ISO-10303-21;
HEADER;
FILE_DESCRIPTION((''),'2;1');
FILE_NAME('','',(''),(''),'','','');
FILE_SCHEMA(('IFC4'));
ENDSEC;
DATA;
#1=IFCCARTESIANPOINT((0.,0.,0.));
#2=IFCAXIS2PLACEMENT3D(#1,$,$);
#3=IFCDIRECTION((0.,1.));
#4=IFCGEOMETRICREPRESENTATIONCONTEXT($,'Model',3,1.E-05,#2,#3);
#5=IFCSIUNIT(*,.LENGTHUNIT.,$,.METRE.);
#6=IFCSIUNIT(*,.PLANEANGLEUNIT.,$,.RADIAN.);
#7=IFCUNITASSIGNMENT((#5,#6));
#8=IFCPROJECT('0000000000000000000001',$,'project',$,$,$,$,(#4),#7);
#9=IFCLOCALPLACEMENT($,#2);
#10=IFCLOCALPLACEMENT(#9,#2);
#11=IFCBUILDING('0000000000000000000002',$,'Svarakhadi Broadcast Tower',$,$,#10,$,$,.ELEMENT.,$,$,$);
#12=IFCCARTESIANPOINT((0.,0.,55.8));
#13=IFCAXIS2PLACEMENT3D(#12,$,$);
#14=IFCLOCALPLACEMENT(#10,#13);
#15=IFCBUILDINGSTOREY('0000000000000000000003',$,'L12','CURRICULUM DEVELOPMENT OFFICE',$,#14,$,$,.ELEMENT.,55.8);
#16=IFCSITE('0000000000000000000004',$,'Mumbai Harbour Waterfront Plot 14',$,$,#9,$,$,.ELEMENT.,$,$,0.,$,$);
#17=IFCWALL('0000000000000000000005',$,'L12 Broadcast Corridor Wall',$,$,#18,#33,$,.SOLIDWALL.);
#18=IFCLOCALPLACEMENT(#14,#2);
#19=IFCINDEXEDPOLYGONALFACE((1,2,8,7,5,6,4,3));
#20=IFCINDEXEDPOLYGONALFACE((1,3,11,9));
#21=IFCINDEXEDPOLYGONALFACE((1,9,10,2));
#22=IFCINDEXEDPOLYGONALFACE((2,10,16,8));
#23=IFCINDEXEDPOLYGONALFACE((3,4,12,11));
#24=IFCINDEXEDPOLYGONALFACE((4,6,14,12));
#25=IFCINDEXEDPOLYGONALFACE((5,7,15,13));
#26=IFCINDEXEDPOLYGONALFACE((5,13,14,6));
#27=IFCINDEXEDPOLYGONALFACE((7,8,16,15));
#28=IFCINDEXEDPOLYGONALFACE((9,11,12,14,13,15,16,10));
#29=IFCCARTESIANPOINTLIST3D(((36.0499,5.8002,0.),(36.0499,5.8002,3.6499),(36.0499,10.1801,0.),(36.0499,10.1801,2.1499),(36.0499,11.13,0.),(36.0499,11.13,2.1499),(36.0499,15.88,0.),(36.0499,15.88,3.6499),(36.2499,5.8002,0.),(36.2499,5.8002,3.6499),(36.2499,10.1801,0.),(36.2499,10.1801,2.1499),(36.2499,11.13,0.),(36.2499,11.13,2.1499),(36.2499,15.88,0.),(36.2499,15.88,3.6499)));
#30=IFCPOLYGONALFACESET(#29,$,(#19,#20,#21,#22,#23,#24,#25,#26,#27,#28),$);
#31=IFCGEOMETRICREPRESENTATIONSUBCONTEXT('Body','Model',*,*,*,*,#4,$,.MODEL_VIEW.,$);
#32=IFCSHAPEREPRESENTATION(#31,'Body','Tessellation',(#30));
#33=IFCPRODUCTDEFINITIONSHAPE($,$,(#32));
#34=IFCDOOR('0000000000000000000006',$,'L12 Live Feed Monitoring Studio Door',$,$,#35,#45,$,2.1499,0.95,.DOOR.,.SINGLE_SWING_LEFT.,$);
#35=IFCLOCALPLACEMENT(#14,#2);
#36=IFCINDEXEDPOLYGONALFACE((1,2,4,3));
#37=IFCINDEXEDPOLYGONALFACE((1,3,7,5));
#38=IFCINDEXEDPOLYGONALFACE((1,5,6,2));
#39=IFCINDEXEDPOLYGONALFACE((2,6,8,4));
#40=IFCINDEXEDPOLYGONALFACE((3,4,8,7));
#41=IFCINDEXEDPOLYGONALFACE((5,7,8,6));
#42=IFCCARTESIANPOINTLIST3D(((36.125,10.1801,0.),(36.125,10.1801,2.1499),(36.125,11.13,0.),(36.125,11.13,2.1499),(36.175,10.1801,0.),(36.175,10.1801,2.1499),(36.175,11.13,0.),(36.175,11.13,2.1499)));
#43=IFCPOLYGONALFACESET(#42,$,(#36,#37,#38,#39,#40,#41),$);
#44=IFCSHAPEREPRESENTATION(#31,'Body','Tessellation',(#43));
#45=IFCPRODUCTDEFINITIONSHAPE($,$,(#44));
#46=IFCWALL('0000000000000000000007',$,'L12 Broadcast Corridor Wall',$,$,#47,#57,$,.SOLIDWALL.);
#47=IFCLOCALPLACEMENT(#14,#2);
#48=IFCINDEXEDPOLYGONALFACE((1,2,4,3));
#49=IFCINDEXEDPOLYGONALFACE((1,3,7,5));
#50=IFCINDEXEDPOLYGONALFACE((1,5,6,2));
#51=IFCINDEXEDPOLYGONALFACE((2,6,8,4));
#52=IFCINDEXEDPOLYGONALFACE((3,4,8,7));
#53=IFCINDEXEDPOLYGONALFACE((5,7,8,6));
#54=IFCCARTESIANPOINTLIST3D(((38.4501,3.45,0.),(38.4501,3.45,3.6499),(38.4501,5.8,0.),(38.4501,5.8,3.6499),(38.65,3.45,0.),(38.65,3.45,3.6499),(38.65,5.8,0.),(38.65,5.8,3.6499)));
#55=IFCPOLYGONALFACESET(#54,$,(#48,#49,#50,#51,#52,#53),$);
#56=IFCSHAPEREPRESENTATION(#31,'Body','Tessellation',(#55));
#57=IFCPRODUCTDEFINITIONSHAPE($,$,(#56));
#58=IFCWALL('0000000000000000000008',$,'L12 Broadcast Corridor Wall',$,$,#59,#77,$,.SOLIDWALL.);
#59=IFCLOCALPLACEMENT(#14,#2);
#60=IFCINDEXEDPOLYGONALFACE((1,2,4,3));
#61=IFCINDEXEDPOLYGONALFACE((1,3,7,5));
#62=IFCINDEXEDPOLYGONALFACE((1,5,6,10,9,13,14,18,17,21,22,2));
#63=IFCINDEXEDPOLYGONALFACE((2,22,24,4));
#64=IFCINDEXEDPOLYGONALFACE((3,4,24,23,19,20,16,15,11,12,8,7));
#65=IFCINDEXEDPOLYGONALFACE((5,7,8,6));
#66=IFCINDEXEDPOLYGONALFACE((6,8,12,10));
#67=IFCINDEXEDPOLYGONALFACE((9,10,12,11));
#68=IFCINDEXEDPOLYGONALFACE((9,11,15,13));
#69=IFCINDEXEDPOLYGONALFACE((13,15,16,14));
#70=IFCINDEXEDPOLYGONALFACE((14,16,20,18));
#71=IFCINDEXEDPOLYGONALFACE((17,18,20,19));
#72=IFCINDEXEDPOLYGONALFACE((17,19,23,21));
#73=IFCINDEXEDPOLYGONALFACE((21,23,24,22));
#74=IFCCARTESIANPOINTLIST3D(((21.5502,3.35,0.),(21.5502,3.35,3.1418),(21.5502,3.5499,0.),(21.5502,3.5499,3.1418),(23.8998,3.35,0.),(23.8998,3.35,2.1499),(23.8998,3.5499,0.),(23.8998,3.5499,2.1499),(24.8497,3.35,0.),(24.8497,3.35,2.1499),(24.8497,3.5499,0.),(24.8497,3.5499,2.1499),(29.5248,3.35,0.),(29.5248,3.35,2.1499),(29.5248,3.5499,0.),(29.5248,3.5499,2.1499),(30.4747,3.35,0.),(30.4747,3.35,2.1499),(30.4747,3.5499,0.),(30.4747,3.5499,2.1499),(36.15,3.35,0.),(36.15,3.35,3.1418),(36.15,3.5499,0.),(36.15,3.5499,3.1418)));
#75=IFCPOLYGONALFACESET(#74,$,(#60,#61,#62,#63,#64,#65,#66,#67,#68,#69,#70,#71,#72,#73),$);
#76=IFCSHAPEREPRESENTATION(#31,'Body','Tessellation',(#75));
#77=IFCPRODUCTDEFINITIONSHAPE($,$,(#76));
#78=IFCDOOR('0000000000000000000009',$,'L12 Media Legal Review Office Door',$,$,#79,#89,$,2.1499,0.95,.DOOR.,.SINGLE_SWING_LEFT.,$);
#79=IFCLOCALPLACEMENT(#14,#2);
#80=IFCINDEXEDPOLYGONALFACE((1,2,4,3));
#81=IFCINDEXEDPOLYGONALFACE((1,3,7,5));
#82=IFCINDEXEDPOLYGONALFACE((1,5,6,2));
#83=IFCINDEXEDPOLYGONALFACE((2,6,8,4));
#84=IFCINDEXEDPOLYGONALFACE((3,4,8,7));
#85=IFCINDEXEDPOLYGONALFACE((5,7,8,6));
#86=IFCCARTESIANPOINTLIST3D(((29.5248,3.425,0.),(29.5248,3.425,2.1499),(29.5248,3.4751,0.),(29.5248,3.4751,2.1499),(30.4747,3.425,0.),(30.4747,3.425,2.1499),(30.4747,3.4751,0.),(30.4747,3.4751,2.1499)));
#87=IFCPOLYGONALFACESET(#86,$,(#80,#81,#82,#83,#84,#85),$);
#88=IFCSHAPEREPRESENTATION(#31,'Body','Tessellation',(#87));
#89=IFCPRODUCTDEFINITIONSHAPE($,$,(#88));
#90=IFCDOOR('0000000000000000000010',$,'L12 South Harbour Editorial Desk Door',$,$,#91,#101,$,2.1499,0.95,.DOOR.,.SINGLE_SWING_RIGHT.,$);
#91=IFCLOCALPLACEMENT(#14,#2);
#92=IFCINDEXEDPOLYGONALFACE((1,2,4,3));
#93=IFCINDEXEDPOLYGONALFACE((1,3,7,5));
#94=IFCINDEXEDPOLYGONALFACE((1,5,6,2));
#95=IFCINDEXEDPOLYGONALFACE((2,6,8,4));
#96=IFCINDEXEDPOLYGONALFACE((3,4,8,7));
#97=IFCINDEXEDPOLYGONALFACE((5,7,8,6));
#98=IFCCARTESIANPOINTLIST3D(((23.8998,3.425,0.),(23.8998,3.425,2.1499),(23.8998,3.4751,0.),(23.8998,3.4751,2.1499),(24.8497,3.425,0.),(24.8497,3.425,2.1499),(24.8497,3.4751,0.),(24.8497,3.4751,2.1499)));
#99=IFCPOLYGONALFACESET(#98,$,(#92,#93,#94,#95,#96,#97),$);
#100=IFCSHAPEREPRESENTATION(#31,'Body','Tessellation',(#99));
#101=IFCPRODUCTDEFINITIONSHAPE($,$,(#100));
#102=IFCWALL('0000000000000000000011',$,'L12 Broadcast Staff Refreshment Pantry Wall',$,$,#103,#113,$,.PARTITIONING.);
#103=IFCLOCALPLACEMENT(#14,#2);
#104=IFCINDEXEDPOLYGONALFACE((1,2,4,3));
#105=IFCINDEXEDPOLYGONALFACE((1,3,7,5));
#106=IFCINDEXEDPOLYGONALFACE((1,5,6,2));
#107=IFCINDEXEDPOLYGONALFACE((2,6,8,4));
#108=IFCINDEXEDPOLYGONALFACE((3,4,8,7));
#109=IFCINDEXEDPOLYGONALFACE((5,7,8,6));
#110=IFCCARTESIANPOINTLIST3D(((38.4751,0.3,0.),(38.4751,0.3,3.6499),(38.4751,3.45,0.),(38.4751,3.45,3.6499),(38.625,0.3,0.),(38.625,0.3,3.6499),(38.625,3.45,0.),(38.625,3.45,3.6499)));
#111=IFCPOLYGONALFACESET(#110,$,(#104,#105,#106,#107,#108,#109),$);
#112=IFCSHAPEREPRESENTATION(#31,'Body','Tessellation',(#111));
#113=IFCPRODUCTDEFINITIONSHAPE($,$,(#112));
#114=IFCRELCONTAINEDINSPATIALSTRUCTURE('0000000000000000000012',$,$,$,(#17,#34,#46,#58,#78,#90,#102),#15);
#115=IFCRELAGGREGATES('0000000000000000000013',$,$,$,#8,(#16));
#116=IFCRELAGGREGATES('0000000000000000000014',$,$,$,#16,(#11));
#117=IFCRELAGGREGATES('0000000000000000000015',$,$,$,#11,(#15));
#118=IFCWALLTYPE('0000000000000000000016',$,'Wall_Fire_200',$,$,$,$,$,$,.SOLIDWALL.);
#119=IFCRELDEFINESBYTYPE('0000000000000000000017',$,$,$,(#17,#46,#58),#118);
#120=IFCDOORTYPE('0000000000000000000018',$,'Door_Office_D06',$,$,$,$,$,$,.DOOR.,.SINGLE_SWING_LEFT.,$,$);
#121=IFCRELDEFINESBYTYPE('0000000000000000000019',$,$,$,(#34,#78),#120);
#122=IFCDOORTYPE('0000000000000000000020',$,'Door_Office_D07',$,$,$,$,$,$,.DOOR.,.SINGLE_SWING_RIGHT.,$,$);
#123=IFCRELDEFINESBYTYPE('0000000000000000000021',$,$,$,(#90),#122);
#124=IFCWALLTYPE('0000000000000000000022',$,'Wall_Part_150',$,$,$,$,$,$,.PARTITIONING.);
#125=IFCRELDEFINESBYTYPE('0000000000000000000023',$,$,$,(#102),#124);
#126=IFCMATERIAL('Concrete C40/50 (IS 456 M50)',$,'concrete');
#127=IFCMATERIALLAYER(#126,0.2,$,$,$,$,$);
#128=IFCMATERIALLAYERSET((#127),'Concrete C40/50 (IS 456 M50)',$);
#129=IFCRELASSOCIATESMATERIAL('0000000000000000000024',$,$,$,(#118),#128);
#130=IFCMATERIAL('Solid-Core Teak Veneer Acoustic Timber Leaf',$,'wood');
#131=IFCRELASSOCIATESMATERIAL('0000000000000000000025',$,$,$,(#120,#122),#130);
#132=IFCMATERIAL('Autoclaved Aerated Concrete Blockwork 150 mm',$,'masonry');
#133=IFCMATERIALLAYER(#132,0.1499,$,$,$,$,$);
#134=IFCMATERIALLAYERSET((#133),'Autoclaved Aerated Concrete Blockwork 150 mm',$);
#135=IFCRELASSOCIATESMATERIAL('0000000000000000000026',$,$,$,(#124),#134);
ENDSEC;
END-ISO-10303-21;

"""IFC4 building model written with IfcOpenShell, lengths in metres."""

from ifc_helpers import new_model, si_unit, direction, frame, frame_2d, origin, place, context, subcontext, project, spatial, rectangle, extrude, material, layer, layer_set, type_object, element, fill, save


model = new_model("IFC4")

# Units and contexts
model_context = context("Model", 3, precision=1e-05, world=origin(), true_north=direction((0.0, 1.0)))
body_context = subcontext(model_context, "Body", "Model", "MODEL_VIEW")
ifc_project = project(units=[si_unit("LENGTHUNIT", "METRE"), si_unit("PLANEANGLEUNIT", "RADIAN")], contexts=[model_context])

# Site, building, storey
site_placement = place(None, origin())
site = spatial("IfcSite", under=ifc_project, at=site_placement, Name="Mumbai Harbour Waterfront Plot 14", CompositionType="ELEMENT", RefElevation=0.0)
building_placement = place(site_placement, origin())
building = spatial("IfcBuilding", under=site, at=building_placement, Name="Svarakhadi Broadcast Tower", CompositionType="ELEMENT")
storey_placement = place(building_placement, frame((0.0, 0.0, 55.8)))
storey = spatial("IfcBuildingStorey", under=building, at=storey_placement, Name="L12", Description="CURRICULUM DEVELOPMENT OFFICE", CompositionType="ELEMENT", Elevation=55.8)

# Wall, opening, door
ifc_material_1 = material(Name="Concrete C40/50 (IS 456 M50)", Category="concrete")
ifc_layer_1 = layer(ifc_material_1, 0.2)
ifc_layer_set_1 = layer_set([ifc_layer_1], Name="Concrete C40/50 (IS 456 M50)")
wall_type_1 = type_object("IfcWallType", Name="Wall_Fire_200", PredefinedType="SOLIDWALL", material=ifc_layer_set_1)
wall_1_placement = place(storey_placement, frame((36.1499, 5.8, 0.0), z_axis=(0.0, 0.0, 1.0), x_axis=(0.0, 1.0, 0.0)))
wall_1 = element("IfcWall", 1, at=wall_1_placement, inside=storey, type_object=wall_type_1, Name="L12 Broadcast Corridor Wall", PredefinedType="SOLIDWALL", context=body_context, shape_type="SweptSolid", body=[
    extrude(rectangle(XDim=10.0798, YDim=0.2, at=frame_2d((5.04, 0.0))), origin(), (0.0, 0.0, 1.0), 3.6499),
])
opening_1_placement = place(wall_1_placement, frame((4.3799, 0.0, 0.0)))
opening_1 = element("IfcOpeningElement", 2, at=opening_1_placement, cuts=wall_1, PredefinedType="OPENING", context=body_context, shape_type="SweptSolid", body=[
    extrude(rectangle(XDim=0.95, YDim=2.1499, at=frame_2d((0.4751, 1.075))), frame((0.0, 0.1099, 0.0), z_axis=(0.0, -1.0, 0.0), x_axis=(1.0, 0.0, 0.0)), (0.0, 0.0, 1.0), 0.22),
])
ifc_material_2 = material(Name="Solid-Core Teak Veneer Acoustic Timber Leaf", Category="wood")
door_type_1 = type_object("IfcDoorType", Name="Door_Office_D06", OperationType="SINGLE_SWING_LEFT", PredefinedType="DOOR", material=ifc_material_2)
door_1_placement = place(opening_1_placement, origin())
door_1 = element("IfcDoor", 3, at=door_1_placement, inside=storey, type_object=door_type_1, Name="L12 Live Feed Monitoring Studio Door", OperationType="SINGLE_SWING_LEFT", OverallHeight=2.1499, OverallWidth=0.95, PredefinedType="DOOR", context=body_context, shape_type="SweptSolid", body=[
    extrude(rectangle(XDim=0.95, YDim=2.1499, at=frame_2d((0.4751, 1.075))), frame((0.0, 0.0249, 0.0), z_axis=(0.0, -1.0, 0.0), x_axis=(1.0, 0.0, 0.0)), (0.0, 0.0, 1.0), 0.05),
])
fill(opening_1, door_1)

# Wall
wall_2_placement = place(storey_placement, frame((38.55, 5.8, 0.0), z_axis=(0.0, 0.0, 1.0), x_axis=(0.0, -1.0, 0.0)))
element("IfcWall", 4, at=wall_2_placement, inside=storey, type_object=wall_type_1, Name="L12 Broadcast Corridor Wall", PredefinedType="SOLIDWALL", context=body_context, shape_type="SweptSolid", body=[
    extrude(rectangle(XDim=2.3501, YDim=0.2, at=frame_2d((1.175, 0.0))), origin(), (0.0, 0.0, 1.0), 3.6499),
])

# Wall, openings, doors
wall_3_placement = place(storey_placement, frame((36.1499, 3.45, 0.0), z_axis=(0.0, 0.0, 1.0), x_axis=(-1.0, 0.0, 0.0)))
wall_3 = element("IfcWall", 5, at=wall_3_placement, inside=storey, type_object=wall_type_1, Name="L12 Broadcast Corridor Wall", PredefinedType="SOLIDWALL", context=body_context, shape_type="SweptSolid", body=[
    extrude(rectangle(XDim=14.5999, YDim=0.2, at=frame_2d((7.2998, 0.0))), origin(), (0.0, 0.0, 1.0), 3.1418),
])
opening_2_placement = place(wall_3_placement, frame((11.3, 0.0, 0.0)))
opening_2 = element("IfcOpeningElement", 6, at=opening_2_placement, cuts=wall_3, PredefinedType="OPENING", context=body_context, shape_type="SweptSolid", body=[
    extrude(rectangle(XDim=0.95, YDim=2.1499, at=frame_2d((0.4751, 1.075))), frame((0.0, 0.1099, 0.0), z_axis=(0.0, -1.0, 0.0), x_axis=(1.0, 0.0, 0.0)), (0.0, 0.0, 1.0), 0.22),
])
opening_3_placement = place(wall_3_placement, frame((5.675, 0.0, 0.0)))
opening_3 = element("IfcOpeningElement", 7, at=opening_3_placement, cuts=wall_3, PredefinedType="OPENING", context=body_context, shape_type="SweptSolid", body=[
    extrude(rectangle(XDim=0.95, YDim=2.1499, at=frame_2d((0.4751, 1.075))), frame((0.0, 0.1099, 0.0), z_axis=(0.0, -1.0, 0.0), x_axis=(1.0, 0.0, 0.0)), (0.0, 0.0, 1.0), 0.22),
])
door_2_placement = place(opening_3_placement, origin())
door_2 = element("IfcDoor", 8, at=door_2_placement, inside=storey, type_object=door_type_1, Name="L12 Media Legal Review Office Door", OperationType="SINGLE_SWING_LEFT", OverallHeight=2.1499, OverallWidth=0.95, PredefinedType="DOOR", context=body_context, shape_type="SweptSolid", body=[
    extrude(rectangle(XDim=0.95, YDim=2.1499, at=frame_2d((0.4751, 1.075))), frame((0.0, 0.0249, 0.0), z_axis=(0.0, -1.0, 0.0), x_axis=(1.0, 0.0, 0.0)), (0.0, 0.0, 1.0), 0.05),
])
fill(opening_3, door_2)
door_type_2 = type_object("IfcDoorType", Name="Door_Office_D07", OperationType="SINGLE_SWING_RIGHT", PredefinedType="DOOR", material=ifc_material_2)
door_3_placement = place(opening_2_placement, origin())
door_3 = element("IfcDoor", 9, at=door_3_placement, inside=storey, type_object=door_type_2, Name="L12 South Harbour Editorial Desk Door", OperationType="SINGLE_SWING_RIGHT", OverallHeight=2.1499, OverallWidth=0.95, PredefinedType="DOOR", context=body_context, shape_type="SweptSolid", body=[
    extrude(rectangle(XDim=0.95, YDim=2.1499, at=frame_2d((0.4751, 1.075))), frame((0.0, 0.0249, 0.0), z_axis=(0.0, -1.0, 0.0), x_axis=(1.0, 0.0, 0.0)), (0.0, 0.0, 1.0), 0.05),
])
fill(opening_2, door_3)

# Wall
ifc_material_3 = material(Name="Autoclaved Aerated Concrete Blockwork 150 mm", Category="masonry")
ifc_layer_2 = layer(ifc_material_3, 0.1499)
ifc_layer_set_2 = layer_set([ifc_layer_2], Name="Autoclaved Aerated Concrete Blockwork 150 mm")
wall_type_2 = type_object("IfcWallType", Name="Wall_Part_150", PredefinedType="PARTITIONING", material=ifc_layer_set_2)
wall_4_placement = place(storey_placement, frame((38.55, 0.3, 0.0), z_axis=(0.0, 0.0, 1.0), x_axis=(0.0, 1.0, 0.0)))
element("IfcWall", 10, at=wall_4_placement, inside=storey, type_object=wall_type_2, Name="L12 Broadcast Staff Refreshment Pantry Wall", PredefinedType="PARTITIONING", context=body_context, shape_type="SweptSolid", body=[
    extrude(rectangle(XDim=3.1499, YDim=0.1499, at=frame_2d((1.575, 0.0))), origin(), (0.0, 0.0, 1.0), 3.6499),
])

save(model, "model.ifc")
